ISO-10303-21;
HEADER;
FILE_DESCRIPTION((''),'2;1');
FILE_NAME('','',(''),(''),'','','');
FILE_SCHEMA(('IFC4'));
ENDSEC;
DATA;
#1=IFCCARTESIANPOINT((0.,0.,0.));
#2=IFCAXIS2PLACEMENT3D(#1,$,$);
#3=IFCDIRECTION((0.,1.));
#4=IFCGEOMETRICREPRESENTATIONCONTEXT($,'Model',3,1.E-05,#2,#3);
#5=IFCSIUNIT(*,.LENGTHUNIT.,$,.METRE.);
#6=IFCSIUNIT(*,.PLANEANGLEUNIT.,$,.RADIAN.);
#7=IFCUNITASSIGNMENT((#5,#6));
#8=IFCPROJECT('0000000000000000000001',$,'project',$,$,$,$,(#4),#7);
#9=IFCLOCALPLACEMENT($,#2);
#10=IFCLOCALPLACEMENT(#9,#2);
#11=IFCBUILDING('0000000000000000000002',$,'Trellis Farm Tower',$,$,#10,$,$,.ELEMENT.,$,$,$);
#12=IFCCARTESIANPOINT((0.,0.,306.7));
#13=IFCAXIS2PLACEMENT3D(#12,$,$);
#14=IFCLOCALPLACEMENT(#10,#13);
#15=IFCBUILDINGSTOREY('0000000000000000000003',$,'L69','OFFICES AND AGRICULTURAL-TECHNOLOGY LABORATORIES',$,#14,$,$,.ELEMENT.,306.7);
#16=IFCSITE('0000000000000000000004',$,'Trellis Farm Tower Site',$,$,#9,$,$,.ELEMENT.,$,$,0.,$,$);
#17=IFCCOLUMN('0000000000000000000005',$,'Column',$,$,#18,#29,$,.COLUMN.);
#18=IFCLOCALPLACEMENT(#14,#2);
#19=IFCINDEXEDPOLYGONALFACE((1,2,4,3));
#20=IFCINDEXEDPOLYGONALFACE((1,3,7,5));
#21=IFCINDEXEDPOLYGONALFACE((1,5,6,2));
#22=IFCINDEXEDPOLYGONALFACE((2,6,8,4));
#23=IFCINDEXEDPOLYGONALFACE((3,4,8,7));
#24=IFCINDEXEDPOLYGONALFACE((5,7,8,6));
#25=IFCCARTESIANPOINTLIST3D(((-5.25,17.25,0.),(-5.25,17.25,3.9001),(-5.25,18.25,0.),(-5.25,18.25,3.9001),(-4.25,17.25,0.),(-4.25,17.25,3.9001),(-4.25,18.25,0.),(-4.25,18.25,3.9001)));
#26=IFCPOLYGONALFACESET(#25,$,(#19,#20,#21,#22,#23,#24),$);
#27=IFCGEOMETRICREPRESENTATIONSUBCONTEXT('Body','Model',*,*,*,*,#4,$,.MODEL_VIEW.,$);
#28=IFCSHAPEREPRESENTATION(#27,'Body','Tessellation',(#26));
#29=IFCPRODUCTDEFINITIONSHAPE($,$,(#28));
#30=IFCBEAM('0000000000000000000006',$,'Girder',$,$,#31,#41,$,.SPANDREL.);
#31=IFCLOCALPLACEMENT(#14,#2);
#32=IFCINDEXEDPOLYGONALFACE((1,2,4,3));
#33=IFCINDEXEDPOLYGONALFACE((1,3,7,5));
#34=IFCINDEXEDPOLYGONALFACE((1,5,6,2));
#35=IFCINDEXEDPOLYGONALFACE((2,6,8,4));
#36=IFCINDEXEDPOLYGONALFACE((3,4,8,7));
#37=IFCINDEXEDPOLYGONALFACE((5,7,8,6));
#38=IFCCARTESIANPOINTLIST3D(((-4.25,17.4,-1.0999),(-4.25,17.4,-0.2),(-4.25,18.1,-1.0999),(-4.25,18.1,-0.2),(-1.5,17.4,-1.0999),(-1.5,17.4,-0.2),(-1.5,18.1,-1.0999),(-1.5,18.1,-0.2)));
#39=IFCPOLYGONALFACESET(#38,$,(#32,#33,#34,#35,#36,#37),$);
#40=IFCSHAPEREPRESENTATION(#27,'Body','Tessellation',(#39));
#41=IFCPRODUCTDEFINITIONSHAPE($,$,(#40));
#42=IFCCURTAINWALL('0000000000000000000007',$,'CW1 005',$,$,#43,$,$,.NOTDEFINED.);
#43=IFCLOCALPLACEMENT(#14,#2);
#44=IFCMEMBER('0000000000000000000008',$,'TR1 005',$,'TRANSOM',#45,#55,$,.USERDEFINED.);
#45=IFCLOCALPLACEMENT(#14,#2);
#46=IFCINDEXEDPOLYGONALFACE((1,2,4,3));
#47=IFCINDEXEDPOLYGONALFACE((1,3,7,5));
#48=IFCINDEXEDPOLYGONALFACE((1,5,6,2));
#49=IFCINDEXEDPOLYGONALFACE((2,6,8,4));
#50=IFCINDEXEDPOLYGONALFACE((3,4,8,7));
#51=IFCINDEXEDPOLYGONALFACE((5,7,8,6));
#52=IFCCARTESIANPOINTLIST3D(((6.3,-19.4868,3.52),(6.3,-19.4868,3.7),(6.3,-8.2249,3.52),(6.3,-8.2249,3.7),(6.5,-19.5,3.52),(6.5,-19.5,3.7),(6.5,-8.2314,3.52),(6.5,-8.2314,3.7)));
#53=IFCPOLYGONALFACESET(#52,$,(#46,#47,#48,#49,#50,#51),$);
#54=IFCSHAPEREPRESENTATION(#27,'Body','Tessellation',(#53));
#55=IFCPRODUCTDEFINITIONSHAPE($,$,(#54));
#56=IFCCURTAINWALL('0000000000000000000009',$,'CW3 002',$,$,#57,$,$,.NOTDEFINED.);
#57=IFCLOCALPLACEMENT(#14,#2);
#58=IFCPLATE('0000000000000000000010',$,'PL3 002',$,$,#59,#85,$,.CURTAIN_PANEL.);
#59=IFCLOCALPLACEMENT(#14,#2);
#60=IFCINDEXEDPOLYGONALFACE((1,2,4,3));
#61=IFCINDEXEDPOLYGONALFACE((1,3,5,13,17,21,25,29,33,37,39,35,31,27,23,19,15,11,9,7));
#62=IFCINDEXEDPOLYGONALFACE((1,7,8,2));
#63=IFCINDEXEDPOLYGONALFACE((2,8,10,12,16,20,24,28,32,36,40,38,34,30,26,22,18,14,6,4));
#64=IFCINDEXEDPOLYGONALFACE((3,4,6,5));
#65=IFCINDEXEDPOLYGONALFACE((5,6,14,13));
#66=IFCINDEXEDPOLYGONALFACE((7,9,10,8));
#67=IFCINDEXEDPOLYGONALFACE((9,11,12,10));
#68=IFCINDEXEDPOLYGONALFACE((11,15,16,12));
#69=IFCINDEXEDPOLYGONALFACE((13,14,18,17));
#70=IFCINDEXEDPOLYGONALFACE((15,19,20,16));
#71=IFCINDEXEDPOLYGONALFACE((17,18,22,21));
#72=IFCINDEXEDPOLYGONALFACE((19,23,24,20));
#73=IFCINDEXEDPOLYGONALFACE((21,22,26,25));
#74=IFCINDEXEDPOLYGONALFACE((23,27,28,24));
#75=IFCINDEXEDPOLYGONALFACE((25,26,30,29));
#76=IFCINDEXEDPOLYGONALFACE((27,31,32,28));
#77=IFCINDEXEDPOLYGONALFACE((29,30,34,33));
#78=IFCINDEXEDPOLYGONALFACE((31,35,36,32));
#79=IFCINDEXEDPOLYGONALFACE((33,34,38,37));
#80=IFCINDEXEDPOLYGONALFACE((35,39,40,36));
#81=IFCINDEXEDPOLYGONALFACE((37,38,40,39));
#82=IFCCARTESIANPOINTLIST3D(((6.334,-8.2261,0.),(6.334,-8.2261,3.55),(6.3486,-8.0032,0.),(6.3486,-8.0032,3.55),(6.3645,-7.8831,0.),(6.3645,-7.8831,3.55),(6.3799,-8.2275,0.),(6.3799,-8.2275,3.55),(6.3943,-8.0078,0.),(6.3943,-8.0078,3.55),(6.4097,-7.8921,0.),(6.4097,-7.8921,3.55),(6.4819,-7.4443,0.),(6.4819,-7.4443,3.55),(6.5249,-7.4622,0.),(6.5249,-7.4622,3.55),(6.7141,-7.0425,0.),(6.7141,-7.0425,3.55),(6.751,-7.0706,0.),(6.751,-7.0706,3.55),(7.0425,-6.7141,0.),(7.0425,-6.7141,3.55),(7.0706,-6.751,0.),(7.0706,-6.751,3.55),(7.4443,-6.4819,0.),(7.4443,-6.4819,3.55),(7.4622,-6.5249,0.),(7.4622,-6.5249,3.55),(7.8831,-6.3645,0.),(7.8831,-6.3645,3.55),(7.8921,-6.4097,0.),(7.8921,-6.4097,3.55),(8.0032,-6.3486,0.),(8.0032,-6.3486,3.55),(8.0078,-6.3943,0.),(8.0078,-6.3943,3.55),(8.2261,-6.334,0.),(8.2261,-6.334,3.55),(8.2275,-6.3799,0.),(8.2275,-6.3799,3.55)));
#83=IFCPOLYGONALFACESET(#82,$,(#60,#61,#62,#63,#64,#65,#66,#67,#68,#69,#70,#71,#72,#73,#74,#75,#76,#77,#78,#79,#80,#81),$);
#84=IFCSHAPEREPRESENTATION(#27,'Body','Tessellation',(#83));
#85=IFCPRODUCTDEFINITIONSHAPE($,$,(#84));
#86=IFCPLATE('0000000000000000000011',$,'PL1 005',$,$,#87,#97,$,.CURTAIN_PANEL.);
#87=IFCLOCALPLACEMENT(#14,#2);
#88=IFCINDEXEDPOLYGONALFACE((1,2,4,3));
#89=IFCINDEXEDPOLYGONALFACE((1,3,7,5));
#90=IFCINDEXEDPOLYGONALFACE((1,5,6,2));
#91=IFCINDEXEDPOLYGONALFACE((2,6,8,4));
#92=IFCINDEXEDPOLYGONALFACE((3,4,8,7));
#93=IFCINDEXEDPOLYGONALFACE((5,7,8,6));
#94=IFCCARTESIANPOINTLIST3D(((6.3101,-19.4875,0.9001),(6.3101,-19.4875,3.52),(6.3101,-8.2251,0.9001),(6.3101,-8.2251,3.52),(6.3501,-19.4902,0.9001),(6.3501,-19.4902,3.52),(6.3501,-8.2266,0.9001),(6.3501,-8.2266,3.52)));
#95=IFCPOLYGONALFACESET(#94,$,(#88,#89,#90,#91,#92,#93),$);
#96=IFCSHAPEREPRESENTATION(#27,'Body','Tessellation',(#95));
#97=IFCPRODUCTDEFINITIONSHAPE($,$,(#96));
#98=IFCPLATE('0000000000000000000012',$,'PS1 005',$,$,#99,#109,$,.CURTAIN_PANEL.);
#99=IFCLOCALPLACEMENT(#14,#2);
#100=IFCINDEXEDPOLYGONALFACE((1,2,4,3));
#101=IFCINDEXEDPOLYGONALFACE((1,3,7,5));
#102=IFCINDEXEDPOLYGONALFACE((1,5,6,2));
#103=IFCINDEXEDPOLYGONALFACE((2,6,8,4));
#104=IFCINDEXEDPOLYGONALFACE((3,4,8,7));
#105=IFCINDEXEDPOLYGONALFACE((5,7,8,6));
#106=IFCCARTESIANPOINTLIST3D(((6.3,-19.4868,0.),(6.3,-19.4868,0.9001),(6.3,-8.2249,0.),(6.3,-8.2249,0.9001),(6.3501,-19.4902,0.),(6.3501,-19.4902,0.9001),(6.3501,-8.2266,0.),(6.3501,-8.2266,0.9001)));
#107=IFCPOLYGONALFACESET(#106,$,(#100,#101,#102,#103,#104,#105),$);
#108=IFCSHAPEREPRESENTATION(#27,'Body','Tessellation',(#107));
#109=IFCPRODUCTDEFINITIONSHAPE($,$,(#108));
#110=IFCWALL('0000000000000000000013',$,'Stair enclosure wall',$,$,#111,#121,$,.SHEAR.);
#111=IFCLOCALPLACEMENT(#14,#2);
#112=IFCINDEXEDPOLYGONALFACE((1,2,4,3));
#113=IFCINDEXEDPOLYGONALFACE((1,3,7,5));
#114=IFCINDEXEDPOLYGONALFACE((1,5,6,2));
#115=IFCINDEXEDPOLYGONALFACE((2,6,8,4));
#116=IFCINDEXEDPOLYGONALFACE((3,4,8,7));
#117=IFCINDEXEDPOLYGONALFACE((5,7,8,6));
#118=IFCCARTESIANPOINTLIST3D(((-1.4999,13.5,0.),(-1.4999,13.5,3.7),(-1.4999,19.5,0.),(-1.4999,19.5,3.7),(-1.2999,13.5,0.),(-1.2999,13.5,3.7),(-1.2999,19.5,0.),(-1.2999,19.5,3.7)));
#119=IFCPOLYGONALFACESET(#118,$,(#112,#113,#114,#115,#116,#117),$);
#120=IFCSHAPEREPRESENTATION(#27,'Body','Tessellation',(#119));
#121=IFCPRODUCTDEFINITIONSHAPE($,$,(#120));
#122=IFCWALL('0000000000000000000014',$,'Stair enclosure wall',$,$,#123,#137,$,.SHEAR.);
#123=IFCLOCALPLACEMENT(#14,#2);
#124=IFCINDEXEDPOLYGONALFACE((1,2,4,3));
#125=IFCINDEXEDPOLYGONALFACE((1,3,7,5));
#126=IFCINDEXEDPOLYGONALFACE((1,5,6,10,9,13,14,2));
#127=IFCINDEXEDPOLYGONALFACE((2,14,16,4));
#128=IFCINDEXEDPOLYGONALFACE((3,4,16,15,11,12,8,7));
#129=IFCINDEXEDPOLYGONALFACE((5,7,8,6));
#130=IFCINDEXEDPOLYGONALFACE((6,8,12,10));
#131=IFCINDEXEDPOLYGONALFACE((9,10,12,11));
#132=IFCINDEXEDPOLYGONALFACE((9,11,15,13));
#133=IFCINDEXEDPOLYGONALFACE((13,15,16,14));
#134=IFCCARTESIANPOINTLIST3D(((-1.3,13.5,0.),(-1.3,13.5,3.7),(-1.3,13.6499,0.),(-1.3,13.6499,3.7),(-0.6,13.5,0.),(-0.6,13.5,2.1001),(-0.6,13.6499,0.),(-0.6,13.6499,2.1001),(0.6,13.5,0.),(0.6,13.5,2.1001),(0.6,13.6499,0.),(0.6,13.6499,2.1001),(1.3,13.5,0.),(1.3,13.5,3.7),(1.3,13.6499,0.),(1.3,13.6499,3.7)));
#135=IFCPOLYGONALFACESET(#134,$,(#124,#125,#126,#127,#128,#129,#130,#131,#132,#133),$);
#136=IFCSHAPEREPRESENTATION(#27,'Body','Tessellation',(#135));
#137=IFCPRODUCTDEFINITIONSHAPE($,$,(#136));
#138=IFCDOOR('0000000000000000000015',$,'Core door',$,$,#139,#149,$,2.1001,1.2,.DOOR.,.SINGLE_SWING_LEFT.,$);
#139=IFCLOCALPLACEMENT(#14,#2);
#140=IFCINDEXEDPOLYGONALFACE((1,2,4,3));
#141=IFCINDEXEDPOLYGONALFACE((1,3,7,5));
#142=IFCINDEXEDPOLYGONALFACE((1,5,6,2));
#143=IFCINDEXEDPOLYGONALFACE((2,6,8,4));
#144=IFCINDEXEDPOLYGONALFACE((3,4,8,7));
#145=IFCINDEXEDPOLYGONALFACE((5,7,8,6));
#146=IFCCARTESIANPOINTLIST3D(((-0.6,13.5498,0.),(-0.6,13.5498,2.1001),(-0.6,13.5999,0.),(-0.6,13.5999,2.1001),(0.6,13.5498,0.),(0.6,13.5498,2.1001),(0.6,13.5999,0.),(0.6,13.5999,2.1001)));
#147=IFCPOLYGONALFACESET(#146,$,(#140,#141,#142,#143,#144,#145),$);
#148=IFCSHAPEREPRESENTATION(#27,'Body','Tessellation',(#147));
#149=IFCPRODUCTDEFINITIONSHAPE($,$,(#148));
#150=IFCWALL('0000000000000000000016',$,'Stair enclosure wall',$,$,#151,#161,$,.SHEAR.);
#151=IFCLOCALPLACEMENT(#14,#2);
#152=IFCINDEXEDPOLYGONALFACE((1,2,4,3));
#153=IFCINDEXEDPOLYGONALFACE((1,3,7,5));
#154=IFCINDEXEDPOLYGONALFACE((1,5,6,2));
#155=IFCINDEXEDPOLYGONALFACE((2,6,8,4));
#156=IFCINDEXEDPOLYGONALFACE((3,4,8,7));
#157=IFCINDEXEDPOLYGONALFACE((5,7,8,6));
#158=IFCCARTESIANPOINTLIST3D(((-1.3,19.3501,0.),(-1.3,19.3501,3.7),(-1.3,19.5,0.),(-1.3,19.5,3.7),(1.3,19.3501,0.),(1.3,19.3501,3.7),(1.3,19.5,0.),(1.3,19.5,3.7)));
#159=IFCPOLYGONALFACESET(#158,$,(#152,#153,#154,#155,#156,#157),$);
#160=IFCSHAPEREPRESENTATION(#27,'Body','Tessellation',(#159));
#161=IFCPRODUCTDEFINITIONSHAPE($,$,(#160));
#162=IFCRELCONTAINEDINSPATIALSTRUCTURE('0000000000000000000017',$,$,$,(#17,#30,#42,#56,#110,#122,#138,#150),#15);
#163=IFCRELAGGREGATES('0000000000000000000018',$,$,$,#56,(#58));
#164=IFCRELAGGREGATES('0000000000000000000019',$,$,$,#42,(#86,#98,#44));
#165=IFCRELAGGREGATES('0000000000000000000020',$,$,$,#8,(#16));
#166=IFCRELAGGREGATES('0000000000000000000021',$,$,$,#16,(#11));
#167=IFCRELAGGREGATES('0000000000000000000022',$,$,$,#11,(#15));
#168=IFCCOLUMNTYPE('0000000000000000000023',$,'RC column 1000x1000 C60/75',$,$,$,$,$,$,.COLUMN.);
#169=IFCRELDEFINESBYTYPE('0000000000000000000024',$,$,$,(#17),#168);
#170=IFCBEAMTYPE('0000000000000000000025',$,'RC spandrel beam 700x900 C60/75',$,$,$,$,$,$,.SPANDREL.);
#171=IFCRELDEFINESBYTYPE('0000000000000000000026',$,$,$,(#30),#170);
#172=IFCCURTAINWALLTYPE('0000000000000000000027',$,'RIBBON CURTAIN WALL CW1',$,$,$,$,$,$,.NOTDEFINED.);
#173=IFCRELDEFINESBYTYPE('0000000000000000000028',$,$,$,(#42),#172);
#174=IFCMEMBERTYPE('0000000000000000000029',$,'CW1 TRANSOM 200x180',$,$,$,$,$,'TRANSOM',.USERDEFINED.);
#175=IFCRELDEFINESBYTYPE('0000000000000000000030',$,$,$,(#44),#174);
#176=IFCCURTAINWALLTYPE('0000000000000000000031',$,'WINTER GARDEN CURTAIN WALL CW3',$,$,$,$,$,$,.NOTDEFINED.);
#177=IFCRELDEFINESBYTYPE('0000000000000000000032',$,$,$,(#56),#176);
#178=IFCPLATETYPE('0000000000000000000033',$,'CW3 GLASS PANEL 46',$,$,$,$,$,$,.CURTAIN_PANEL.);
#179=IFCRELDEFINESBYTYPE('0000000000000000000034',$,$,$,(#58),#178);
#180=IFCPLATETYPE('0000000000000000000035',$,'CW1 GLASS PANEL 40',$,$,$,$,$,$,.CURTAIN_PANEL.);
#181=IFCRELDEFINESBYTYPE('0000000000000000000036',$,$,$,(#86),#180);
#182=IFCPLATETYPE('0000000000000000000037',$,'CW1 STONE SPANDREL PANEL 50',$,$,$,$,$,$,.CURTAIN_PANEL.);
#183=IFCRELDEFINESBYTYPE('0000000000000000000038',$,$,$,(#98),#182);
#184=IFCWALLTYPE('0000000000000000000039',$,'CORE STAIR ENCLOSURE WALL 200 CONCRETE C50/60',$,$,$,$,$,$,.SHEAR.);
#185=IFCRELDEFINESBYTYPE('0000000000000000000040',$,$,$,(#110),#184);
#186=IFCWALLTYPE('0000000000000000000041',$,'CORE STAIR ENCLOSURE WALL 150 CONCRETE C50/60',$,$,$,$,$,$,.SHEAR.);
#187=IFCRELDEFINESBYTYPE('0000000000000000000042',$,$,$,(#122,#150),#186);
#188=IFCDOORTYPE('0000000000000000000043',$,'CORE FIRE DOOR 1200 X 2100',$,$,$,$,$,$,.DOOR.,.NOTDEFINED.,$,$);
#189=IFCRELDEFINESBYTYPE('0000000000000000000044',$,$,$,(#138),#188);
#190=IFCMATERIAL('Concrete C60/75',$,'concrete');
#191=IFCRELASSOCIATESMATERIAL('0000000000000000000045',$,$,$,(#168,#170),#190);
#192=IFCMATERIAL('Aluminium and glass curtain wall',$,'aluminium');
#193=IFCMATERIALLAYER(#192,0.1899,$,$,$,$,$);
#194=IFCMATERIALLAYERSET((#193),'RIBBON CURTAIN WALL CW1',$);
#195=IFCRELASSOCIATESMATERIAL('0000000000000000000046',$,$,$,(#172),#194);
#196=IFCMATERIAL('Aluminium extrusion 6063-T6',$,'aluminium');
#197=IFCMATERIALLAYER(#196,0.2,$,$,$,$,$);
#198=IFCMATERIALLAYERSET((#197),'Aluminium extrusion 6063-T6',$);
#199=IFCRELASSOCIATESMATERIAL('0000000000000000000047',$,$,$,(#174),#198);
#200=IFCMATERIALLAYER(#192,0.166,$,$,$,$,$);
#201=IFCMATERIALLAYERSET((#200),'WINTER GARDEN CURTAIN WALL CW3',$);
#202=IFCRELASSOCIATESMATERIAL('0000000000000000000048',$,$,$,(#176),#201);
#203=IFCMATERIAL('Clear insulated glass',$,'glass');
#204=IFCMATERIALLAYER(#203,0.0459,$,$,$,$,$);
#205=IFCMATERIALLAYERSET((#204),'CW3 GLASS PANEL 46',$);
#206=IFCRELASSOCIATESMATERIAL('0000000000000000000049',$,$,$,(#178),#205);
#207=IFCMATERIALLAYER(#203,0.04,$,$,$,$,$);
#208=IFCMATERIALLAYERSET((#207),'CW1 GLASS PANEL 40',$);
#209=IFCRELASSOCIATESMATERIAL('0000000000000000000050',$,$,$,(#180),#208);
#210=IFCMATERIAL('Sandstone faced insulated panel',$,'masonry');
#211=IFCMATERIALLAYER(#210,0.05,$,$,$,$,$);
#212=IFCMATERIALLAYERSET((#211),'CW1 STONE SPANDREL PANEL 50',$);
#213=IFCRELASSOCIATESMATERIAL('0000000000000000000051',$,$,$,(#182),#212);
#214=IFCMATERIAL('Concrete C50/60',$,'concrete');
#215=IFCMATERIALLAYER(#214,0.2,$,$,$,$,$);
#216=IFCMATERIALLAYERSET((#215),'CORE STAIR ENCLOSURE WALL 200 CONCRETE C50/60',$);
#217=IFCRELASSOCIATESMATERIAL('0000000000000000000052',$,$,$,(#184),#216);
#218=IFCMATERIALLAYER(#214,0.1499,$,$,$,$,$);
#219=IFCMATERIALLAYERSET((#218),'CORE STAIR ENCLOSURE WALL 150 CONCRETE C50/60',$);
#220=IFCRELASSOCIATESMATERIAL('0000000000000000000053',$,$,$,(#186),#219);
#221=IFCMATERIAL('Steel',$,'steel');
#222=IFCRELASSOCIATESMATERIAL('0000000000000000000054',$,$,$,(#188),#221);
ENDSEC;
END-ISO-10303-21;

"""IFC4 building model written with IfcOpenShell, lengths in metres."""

from ifc_helpers import new_model, si_unit, direction, frame, frame_2d, origin, origin_2d, place, context, subcontext, project, spatial, polyline, rectangle, outline, extrude, source, transform, mapped, material, layer, layer_set, material_profile, profile_set, type_object, element, fill, aggregate, save


model = new_model("IFC4")

# Units and contexts
model_context = context("Model", 3, precision=1e-05, world=origin(), true_north=direction((0.0, 1.0)))
body_context = subcontext(model_context, "Body", "Model", "MODEL_VIEW")
ifc_project = project(units=[si_unit("LENGTHUNIT", "METRE"), si_unit("PLANEANGLEUNIT", "RADIAN")], contexts=[model_context])

# Site, building, storey
site_placement = place(None, origin())
site = spatial("IfcSite", under=ifc_project, at=site_placement, Name="Trellis Farm Tower Site", CompositionType="ELEMENT", RefElevation=0.0)
building_placement = place(site_placement, origin())
building = spatial("IfcBuilding", under=site, at=building_placement, Name="Trellis Farm Tower", CompositionType="ELEMENT")
storey_placement = place(building_placement, frame((0.0, 0.0, 306.7)))
storey = spatial("IfcBuildingStorey", under=building, at=storey_placement, Name="L69", Description="OFFICES AND AGRICULTURAL-TECHNOLOGY LABORATORIES", CompositionType="ELEMENT", Elevation=306.7)

# Column
ifc_material_1 = material(Name="Concrete C60/75", Category="concrete")
ifc_material_profile_1 = material_profile(ifc_material_1, rectangle(XDim=1.0, YDim=1.0, at=origin_2d()), Name="RC column 1000x1000 C60/75")
ifc_profile_set_1 = profile_set([ifc_material_profile_1], Name="Concrete C60/75")
column_type = type_object("IfcColumnType", Name="RC column 1000x1000 C60/75", PredefinedType="COLUMN", material=ifc_profile_set_1)
shared_shape_1 = source(origin(), body_context, "Body", "SweptSolid", [
    extrude(rectangle(XDim=1.0, YDim=1.0, at=origin_2d()), origin(), (0.0, 0.0, 1.0), 3.9001),
])
column_placement = place(storey_placement, frame((-4.75, 17.75, 0.0), z_axis=(0.0, 0.0, 1.0), x_axis=(1.0, 0.0, 0.0)))
element("IfcColumn", 1, at=column_placement, inside=storey, type_object=column_type, Name="Column", PredefinedType="COLUMN", context=body_context, shape_type="MappedRepresentation", body=[
    mapped(shared_shape_1, transform((0.0, 0.0, 0.0))),
])

# Beam
ifc_material_profile_2 = material_profile(ifc_material_1, rectangle(XDim=0.7, YDim=0.8999, at=origin_2d()), Name="RC spandrel beam 700x900 C60/75")
ifc_profile_set_2 = profile_set([ifc_material_profile_2], Name="Concrete C60/75")
beam_type = type_object("IfcBeamType", Name="RC spandrel beam 700x900 C60/75", PredefinedType="SPANDREL", material=ifc_profile_set_2)
shared_shape_2 = source(origin(), body_context, "Body", "SweptSolid", [
    extrude(rectangle(XDim=0.7, YDim=0.8999, at=origin_2d()), origin(), (0.0, 0.0, 1.0), 2.75),
])
beam_placement = place(storey_placement, frame((-4.25, 17.75, -0.6499), z_axis=(1.0, 0.0, 0.0), x_axis=(0.0, 1.0, 0.0)))
element("IfcBeam", 2, at=beam_placement, inside=storey, type_object=beam_type, Name="Girder", PredefinedType="SPANDREL", context=body_context, shape_type="MappedRepresentation", body=[
    mapped(shared_shape_2, transform((0.0, 0.0, 0.0))),
])

# Curtain wall, member
ifc_material_2 = material(Name="Aluminium and glass curtain wall", Category="aluminium")
ifc_layer_1 = layer(ifc_material_2, 0.1899)
ifc_layer_set_1 = layer_set([ifc_layer_1], Name="RIBBON CURTAIN WALL CW1")
curtain_wall_type_1 = type_object("IfcCurtainWallType", Name="RIBBON CURTAIN WALL CW1", PredefinedType="NOTDEFINED", material=ifc_layer_set_1)
placement = place(storey_placement, origin())
curtain_wall_1 = element("IfcCurtainWall", 3, at=placement, inside=storey, type_object=curtain_wall_type_1, Name="CW1 005", PredefinedType="NOTDEFINED")
ifc_material_3 = material(Name="Aluminium extrusion 6063-T6", Category="aluminium")
ifc_layer_2 = layer(ifc_material_3, 0.2)
ifc_layer_set_2 = layer_set([ifc_layer_2], Name="Aluminium extrusion 6063-T6")
member_type = type_object("IfcMemberType", Name="CW1 TRANSOM 200x180", ElementType="TRANSOM", PredefinedType="USERDEFINED", material=ifc_layer_set_2)
shared_shape_3 = source(origin(), body_context, "Body", "SweptSolid", [
    extrude(outline(polyline([(6.5, -19.5), (6.5, -8.2314), (6.3, -8.2249), (6.3, -19.4868), (6.5, -19.5)])), origin(), (0.0, 0.0, 1.0), 0.1799),
])
member_placement = place(storey_placement, frame((0.0, 0.0, 3.52)))
member = element("IfcMember", 4, at=member_placement, type_object=member_type, Name="TR1 005", ObjectType="TRANSOM", PredefinedType="USERDEFINED", context=body_context, shape_type="MappedRepresentation", body=[
    mapped(shared_shape_3, transform((0.0, 0.0, 0.0))),
])

# Curtain wall, plate
ifc_layer_3 = layer(ifc_material_2, 0.166)
ifc_layer_set_3 = layer_set([ifc_layer_3], Name="WINTER GARDEN CURTAIN WALL CW3")
curtain_wall_type_2 = type_object("IfcCurtainWallType", Name="WINTER GARDEN CURTAIN WALL CW3", PredefinedType="NOTDEFINED", material=ifc_layer_set_3)
curtain_wall_2 = element("IfcCurtainWall", 5, at=placement, inside=storey, type_object=curtain_wall_type_2, Name="CW3 002", PredefinedType="NOTDEFINED")
ifc_material_4 = material(Name="Clear insulated glass", Category="glass")
ifc_layer_4 = layer(ifc_material_4, 0.0459)
ifc_layer_set_4 = layer_set([ifc_layer_4], Name="CW3 GLASS PANEL 46")
plate_type_1 = type_object("IfcPlateType", Name="CW3 GLASS PANEL 46", PredefinedType="CURTAIN_PANEL", material=ifc_layer_set_4)
shared_shape_4 = source(origin(), body_context, "Body", "SweptSolid", [
    extrude(outline(polyline([(6.3799, -8.2275), (6.3943, -8.0078), (6.4097, -7.8921), (6.5249, -7.4622), (6.751, -7.0706), (7.0706, -6.751), (7.4622, -6.5249), (7.8921, -6.4097), (8.0078, -6.3943), (8.2275, -6.3799), (8.2261, -6.334), (8.0032, -6.3486), (7.8831, -6.3645), (7.4443, -6.4819), (7.0425, -6.7141), (6.7141, -7.0425), (6.4819, -7.4443), (6.3645, -7.8831), (6.3486, -8.0032), (6.334, -8.2261), (6.3799, -8.2275)])), origin(), (0.0, 0.0, 1.0), 3.55),
])
plate_1 = element("IfcPlate", 6, at=placement, type_object=plate_type_1, Name="PL3 002", PredefinedType="CURTAIN_PANEL", context=body_context, shape_type="MappedRepresentation", body=[
    mapped(shared_shape_4, transform((0.0, 0.0, 0.0))),
])
aggregate(curtain_wall_2, [plate_1])

# Plates
ifc_layer_5 = layer(ifc_material_4, 0.04)
ifc_layer_set_5 = layer_set([ifc_layer_5], Name="CW1 GLASS PANEL 40")
plate_type_2 = type_object("IfcPlateType", Name="CW1 GLASS PANEL 40", PredefinedType="CURTAIN_PANEL", material=ifc_layer_set_5)
shared_shape_5 = source(origin(), body_context, "Body", "SweptSolid", [
    extrude(outline(polyline([(6.3501, -19.4902), (6.3501, -8.2266), (6.3101, -8.2251), (6.3101, -19.4875), (6.3501, -19.4902)])), origin(), (0.0, 0.0, 1.0), 2.6199),
])
plate_2_placement = place(storey_placement, frame((0.0, 0.0, 0.9001)))
plate_2 = element("IfcPlate", 7, at=plate_2_placement, type_object=plate_type_2, Name="PL1 005", PredefinedType="CURTAIN_PANEL", context=body_context, shape_type="MappedRepresentation", body=[
    mapped(shared_shape_5, transform((0.0, 0.0, 0.0))),
])
ifc_material_5 = material(Name="Sandstone faced insulated panel", Category="masonry")
ifc_layer_6 = layer(ifc_material_5, 0.05)
ifc_layer_set_6 = layer_set([ifc_layer_6], Name="CW1 STONE SPANDREL PANEL 50")
plate_type_3 = type_object("IfcPlateType", Name="CW1 STONE SPANDREL PANEL 50", PredefinedType="CURTAIN_PANEL", material=ifc_layer_set_6)
shared_shape_6 = source(origin(), body_context, "Body", "SweptSolid", [
    extrude(outline(polyline([(6.3501, -19.4902), (6.3501, -8.2266), (6.3, -8.2249), (6.3, -19.4868), (6.3501, -19.4902)])), origin(), (0.0, 0.0, 1.0), 0.9001),
])
plate_3 = element("IfcPlate", 8, at=placement, type_object=plate_type_3, Name="PS1 005", PredefinedType="CURTAIN_PANEL", context=body_context, shape_type="MappedRepresentation", body=[
    mapped(shared_shape_6, transform((0.0, 0.0, 0.0))),
])
aggregate(curtain_wall_1, [plate_2, plate_3, member])

# Wall
ifc_material_6 = material(Name="Concrete C50/60", Category="concrete")
ifc_layer_7 = layer(ifc_material_6, 0.2)
ifc_layer_set_7 = layer_set([ifc_layer_7], Name="CORE STAIR ENCLOSURE WALL 200 CONCRETE C50/60")
wall_type_1 = type_object("IfcWallType", Name="CORE STAIR ENCLOSURE WALL 200 CONCRETE C50/60", PredefinedType="SHEAR", material=ifc_layer_set_7)
shared_shape_7 = source(origin(), body_context, "Body", "SweptSolid", [
    extrude(rectangle(XDim=6.0, YDim=0.2, at=frame_2d((3.0, 0.0))), origin(), (0.0, 0.0, 1.0), 3.7),
])
wall_1_placement = place(storey_placement, frame((-1.3999, 13.5, 0.0), z_axis=(0.0, 0.0, 1.0), x_axis=(0.0, 1.0, 0.0)))
element("IfcWall", 9, at=wall_1_placement, inside=storey, type_object=wall_type_1, Name="Stair enclosure wall", PredefinedType="SHEAR", context=body_context, shape_type="MappedRepresentation", body=[
    mapped(shared_shape_7, transform((0.0, 0.0, 0.0))),
])

# Wall, opening, door
ifc_layer_8 = layer(ifc_material_6, 0.1499)
ifc_layer_set_8 = layer_set([ifc_layer_8], Name="CORE STAIR ENCLOSURE WALL 150 CONCRETE C50/60")
wall_type_2 = type_object("IfcWallType", Name="CORE STAIR ENCLOSURE WALL 150 CONCRETE C50/60", PredefinedType="SHEAR", material=ifc_layer_set_8)
shared_shape_8 = source(origin(), body_context, "Body", "SweptSolid", [
    extrude(rectangle(XDim=2.6001, YDim=0.1499, at=frame_2d((1.3, 0.0))), origin(), (0.0, 0.0, 1.0), 3.7),
])
wall_2_placement = place(storey_placement, frame((-1.3, 13.575, 0.0), z_axis=(0.0, 0.0, 1.0), x_axis=(1.0, 0.0, 0.0)))
wall_2 = element("IfcWall", 10, at=wall_2_placement, inside=storey, type_object=wall_type_2, Name="Stair enclosure wall", PredefinedType="SHEAR", context=body_context, shape_type="MappedRepresentation", body=[
    mapped(shared_shape_8, transform((0.0, 0.0, 0.0))),
])
shared_shape_9 = source(origin(), body_context, "Body", "SweptSolid", [
    extrude(rectangle(XDim=1.2, YDim=2.1001, at=frame_2d((0.6001, 1.05))), frame((0.0, 0.085, 0.0), z_axis=(0.0, -1.0, 0.0), x_axis=(1.0, 0.0, 0.0)), (0.0, 0.0, 1.0), 0.1699),
])
opening_1_placement = place(wall_2_placement, frame((0.7, 0.0, 0.0)))
opening_1 = element("IfcOpeningElement", 11, at=opening_1_placement, cuts=wall_2, PredefinedType="OPENING", context=body_context, shape_type="MappedRepresentation", body=[
    mapped(shared_shape_9, transform((0.0, 0.0, 0.0))),
])
ifc_material_7 = material(Name="Steel", Category="steel")
door_type_1 = type_object("IfcDoorType", Name="CORE FIRE DOOR 1200 X 2100", OperationType="NOTDEFINED", PredefinedType="DOOR", material=ifc_material_7)
shared_shape_10 = source(origin(), body_context, "Body", "SweptSolid", [
    extrude(rectangle(XDim=1.2, YDim=2.1001, at=frame_2d((0.6001, 1.05))), frame((0.0, 0.0249, 0.0), z_axis=(0.0, -1.0, 0.0), x_axis=(1.0, 0.0, 0.0)), (0.0, 0.0, 1.0), 0.05),
])
door_1_placement = place(opening_1_placement, origin())
door_1 = element("IfcDoor", 12, at=door_1_placement, inside=storey, type_object=door_type_1, Name="Core door", OperationType="SINGLE_SWING_LEFT", OverallHeight=2.1001, OverallWidth=1.2, PredefinedType="DOOR", context=body_context, shape_type="MappedRepresentation", body=[
    mapped(shared_shape_10, transform((0.0, 0.0, 0.0))),
])
fill(opening_1, door_1)

# Wall
wall_3_placement = place(storey_placement, frame((-1.3, 19.425, 0.0), z_axis=(0.0, 0.0, 1.0), x_axis=(1.0, 0.0, 0.0)))
element("IfcWall", 13, at=wall_3_placement, inside=storey, type_object=wall_type_2, Name="Stair enclosure wall", PredefinedType="SHEAR", context=body_context, shape_type="MappedRepresentation", body=[
    mapped(shared_shape_8, transform((0.0, 0.0, 0.0))),
])

save(model, "model.ifc")
